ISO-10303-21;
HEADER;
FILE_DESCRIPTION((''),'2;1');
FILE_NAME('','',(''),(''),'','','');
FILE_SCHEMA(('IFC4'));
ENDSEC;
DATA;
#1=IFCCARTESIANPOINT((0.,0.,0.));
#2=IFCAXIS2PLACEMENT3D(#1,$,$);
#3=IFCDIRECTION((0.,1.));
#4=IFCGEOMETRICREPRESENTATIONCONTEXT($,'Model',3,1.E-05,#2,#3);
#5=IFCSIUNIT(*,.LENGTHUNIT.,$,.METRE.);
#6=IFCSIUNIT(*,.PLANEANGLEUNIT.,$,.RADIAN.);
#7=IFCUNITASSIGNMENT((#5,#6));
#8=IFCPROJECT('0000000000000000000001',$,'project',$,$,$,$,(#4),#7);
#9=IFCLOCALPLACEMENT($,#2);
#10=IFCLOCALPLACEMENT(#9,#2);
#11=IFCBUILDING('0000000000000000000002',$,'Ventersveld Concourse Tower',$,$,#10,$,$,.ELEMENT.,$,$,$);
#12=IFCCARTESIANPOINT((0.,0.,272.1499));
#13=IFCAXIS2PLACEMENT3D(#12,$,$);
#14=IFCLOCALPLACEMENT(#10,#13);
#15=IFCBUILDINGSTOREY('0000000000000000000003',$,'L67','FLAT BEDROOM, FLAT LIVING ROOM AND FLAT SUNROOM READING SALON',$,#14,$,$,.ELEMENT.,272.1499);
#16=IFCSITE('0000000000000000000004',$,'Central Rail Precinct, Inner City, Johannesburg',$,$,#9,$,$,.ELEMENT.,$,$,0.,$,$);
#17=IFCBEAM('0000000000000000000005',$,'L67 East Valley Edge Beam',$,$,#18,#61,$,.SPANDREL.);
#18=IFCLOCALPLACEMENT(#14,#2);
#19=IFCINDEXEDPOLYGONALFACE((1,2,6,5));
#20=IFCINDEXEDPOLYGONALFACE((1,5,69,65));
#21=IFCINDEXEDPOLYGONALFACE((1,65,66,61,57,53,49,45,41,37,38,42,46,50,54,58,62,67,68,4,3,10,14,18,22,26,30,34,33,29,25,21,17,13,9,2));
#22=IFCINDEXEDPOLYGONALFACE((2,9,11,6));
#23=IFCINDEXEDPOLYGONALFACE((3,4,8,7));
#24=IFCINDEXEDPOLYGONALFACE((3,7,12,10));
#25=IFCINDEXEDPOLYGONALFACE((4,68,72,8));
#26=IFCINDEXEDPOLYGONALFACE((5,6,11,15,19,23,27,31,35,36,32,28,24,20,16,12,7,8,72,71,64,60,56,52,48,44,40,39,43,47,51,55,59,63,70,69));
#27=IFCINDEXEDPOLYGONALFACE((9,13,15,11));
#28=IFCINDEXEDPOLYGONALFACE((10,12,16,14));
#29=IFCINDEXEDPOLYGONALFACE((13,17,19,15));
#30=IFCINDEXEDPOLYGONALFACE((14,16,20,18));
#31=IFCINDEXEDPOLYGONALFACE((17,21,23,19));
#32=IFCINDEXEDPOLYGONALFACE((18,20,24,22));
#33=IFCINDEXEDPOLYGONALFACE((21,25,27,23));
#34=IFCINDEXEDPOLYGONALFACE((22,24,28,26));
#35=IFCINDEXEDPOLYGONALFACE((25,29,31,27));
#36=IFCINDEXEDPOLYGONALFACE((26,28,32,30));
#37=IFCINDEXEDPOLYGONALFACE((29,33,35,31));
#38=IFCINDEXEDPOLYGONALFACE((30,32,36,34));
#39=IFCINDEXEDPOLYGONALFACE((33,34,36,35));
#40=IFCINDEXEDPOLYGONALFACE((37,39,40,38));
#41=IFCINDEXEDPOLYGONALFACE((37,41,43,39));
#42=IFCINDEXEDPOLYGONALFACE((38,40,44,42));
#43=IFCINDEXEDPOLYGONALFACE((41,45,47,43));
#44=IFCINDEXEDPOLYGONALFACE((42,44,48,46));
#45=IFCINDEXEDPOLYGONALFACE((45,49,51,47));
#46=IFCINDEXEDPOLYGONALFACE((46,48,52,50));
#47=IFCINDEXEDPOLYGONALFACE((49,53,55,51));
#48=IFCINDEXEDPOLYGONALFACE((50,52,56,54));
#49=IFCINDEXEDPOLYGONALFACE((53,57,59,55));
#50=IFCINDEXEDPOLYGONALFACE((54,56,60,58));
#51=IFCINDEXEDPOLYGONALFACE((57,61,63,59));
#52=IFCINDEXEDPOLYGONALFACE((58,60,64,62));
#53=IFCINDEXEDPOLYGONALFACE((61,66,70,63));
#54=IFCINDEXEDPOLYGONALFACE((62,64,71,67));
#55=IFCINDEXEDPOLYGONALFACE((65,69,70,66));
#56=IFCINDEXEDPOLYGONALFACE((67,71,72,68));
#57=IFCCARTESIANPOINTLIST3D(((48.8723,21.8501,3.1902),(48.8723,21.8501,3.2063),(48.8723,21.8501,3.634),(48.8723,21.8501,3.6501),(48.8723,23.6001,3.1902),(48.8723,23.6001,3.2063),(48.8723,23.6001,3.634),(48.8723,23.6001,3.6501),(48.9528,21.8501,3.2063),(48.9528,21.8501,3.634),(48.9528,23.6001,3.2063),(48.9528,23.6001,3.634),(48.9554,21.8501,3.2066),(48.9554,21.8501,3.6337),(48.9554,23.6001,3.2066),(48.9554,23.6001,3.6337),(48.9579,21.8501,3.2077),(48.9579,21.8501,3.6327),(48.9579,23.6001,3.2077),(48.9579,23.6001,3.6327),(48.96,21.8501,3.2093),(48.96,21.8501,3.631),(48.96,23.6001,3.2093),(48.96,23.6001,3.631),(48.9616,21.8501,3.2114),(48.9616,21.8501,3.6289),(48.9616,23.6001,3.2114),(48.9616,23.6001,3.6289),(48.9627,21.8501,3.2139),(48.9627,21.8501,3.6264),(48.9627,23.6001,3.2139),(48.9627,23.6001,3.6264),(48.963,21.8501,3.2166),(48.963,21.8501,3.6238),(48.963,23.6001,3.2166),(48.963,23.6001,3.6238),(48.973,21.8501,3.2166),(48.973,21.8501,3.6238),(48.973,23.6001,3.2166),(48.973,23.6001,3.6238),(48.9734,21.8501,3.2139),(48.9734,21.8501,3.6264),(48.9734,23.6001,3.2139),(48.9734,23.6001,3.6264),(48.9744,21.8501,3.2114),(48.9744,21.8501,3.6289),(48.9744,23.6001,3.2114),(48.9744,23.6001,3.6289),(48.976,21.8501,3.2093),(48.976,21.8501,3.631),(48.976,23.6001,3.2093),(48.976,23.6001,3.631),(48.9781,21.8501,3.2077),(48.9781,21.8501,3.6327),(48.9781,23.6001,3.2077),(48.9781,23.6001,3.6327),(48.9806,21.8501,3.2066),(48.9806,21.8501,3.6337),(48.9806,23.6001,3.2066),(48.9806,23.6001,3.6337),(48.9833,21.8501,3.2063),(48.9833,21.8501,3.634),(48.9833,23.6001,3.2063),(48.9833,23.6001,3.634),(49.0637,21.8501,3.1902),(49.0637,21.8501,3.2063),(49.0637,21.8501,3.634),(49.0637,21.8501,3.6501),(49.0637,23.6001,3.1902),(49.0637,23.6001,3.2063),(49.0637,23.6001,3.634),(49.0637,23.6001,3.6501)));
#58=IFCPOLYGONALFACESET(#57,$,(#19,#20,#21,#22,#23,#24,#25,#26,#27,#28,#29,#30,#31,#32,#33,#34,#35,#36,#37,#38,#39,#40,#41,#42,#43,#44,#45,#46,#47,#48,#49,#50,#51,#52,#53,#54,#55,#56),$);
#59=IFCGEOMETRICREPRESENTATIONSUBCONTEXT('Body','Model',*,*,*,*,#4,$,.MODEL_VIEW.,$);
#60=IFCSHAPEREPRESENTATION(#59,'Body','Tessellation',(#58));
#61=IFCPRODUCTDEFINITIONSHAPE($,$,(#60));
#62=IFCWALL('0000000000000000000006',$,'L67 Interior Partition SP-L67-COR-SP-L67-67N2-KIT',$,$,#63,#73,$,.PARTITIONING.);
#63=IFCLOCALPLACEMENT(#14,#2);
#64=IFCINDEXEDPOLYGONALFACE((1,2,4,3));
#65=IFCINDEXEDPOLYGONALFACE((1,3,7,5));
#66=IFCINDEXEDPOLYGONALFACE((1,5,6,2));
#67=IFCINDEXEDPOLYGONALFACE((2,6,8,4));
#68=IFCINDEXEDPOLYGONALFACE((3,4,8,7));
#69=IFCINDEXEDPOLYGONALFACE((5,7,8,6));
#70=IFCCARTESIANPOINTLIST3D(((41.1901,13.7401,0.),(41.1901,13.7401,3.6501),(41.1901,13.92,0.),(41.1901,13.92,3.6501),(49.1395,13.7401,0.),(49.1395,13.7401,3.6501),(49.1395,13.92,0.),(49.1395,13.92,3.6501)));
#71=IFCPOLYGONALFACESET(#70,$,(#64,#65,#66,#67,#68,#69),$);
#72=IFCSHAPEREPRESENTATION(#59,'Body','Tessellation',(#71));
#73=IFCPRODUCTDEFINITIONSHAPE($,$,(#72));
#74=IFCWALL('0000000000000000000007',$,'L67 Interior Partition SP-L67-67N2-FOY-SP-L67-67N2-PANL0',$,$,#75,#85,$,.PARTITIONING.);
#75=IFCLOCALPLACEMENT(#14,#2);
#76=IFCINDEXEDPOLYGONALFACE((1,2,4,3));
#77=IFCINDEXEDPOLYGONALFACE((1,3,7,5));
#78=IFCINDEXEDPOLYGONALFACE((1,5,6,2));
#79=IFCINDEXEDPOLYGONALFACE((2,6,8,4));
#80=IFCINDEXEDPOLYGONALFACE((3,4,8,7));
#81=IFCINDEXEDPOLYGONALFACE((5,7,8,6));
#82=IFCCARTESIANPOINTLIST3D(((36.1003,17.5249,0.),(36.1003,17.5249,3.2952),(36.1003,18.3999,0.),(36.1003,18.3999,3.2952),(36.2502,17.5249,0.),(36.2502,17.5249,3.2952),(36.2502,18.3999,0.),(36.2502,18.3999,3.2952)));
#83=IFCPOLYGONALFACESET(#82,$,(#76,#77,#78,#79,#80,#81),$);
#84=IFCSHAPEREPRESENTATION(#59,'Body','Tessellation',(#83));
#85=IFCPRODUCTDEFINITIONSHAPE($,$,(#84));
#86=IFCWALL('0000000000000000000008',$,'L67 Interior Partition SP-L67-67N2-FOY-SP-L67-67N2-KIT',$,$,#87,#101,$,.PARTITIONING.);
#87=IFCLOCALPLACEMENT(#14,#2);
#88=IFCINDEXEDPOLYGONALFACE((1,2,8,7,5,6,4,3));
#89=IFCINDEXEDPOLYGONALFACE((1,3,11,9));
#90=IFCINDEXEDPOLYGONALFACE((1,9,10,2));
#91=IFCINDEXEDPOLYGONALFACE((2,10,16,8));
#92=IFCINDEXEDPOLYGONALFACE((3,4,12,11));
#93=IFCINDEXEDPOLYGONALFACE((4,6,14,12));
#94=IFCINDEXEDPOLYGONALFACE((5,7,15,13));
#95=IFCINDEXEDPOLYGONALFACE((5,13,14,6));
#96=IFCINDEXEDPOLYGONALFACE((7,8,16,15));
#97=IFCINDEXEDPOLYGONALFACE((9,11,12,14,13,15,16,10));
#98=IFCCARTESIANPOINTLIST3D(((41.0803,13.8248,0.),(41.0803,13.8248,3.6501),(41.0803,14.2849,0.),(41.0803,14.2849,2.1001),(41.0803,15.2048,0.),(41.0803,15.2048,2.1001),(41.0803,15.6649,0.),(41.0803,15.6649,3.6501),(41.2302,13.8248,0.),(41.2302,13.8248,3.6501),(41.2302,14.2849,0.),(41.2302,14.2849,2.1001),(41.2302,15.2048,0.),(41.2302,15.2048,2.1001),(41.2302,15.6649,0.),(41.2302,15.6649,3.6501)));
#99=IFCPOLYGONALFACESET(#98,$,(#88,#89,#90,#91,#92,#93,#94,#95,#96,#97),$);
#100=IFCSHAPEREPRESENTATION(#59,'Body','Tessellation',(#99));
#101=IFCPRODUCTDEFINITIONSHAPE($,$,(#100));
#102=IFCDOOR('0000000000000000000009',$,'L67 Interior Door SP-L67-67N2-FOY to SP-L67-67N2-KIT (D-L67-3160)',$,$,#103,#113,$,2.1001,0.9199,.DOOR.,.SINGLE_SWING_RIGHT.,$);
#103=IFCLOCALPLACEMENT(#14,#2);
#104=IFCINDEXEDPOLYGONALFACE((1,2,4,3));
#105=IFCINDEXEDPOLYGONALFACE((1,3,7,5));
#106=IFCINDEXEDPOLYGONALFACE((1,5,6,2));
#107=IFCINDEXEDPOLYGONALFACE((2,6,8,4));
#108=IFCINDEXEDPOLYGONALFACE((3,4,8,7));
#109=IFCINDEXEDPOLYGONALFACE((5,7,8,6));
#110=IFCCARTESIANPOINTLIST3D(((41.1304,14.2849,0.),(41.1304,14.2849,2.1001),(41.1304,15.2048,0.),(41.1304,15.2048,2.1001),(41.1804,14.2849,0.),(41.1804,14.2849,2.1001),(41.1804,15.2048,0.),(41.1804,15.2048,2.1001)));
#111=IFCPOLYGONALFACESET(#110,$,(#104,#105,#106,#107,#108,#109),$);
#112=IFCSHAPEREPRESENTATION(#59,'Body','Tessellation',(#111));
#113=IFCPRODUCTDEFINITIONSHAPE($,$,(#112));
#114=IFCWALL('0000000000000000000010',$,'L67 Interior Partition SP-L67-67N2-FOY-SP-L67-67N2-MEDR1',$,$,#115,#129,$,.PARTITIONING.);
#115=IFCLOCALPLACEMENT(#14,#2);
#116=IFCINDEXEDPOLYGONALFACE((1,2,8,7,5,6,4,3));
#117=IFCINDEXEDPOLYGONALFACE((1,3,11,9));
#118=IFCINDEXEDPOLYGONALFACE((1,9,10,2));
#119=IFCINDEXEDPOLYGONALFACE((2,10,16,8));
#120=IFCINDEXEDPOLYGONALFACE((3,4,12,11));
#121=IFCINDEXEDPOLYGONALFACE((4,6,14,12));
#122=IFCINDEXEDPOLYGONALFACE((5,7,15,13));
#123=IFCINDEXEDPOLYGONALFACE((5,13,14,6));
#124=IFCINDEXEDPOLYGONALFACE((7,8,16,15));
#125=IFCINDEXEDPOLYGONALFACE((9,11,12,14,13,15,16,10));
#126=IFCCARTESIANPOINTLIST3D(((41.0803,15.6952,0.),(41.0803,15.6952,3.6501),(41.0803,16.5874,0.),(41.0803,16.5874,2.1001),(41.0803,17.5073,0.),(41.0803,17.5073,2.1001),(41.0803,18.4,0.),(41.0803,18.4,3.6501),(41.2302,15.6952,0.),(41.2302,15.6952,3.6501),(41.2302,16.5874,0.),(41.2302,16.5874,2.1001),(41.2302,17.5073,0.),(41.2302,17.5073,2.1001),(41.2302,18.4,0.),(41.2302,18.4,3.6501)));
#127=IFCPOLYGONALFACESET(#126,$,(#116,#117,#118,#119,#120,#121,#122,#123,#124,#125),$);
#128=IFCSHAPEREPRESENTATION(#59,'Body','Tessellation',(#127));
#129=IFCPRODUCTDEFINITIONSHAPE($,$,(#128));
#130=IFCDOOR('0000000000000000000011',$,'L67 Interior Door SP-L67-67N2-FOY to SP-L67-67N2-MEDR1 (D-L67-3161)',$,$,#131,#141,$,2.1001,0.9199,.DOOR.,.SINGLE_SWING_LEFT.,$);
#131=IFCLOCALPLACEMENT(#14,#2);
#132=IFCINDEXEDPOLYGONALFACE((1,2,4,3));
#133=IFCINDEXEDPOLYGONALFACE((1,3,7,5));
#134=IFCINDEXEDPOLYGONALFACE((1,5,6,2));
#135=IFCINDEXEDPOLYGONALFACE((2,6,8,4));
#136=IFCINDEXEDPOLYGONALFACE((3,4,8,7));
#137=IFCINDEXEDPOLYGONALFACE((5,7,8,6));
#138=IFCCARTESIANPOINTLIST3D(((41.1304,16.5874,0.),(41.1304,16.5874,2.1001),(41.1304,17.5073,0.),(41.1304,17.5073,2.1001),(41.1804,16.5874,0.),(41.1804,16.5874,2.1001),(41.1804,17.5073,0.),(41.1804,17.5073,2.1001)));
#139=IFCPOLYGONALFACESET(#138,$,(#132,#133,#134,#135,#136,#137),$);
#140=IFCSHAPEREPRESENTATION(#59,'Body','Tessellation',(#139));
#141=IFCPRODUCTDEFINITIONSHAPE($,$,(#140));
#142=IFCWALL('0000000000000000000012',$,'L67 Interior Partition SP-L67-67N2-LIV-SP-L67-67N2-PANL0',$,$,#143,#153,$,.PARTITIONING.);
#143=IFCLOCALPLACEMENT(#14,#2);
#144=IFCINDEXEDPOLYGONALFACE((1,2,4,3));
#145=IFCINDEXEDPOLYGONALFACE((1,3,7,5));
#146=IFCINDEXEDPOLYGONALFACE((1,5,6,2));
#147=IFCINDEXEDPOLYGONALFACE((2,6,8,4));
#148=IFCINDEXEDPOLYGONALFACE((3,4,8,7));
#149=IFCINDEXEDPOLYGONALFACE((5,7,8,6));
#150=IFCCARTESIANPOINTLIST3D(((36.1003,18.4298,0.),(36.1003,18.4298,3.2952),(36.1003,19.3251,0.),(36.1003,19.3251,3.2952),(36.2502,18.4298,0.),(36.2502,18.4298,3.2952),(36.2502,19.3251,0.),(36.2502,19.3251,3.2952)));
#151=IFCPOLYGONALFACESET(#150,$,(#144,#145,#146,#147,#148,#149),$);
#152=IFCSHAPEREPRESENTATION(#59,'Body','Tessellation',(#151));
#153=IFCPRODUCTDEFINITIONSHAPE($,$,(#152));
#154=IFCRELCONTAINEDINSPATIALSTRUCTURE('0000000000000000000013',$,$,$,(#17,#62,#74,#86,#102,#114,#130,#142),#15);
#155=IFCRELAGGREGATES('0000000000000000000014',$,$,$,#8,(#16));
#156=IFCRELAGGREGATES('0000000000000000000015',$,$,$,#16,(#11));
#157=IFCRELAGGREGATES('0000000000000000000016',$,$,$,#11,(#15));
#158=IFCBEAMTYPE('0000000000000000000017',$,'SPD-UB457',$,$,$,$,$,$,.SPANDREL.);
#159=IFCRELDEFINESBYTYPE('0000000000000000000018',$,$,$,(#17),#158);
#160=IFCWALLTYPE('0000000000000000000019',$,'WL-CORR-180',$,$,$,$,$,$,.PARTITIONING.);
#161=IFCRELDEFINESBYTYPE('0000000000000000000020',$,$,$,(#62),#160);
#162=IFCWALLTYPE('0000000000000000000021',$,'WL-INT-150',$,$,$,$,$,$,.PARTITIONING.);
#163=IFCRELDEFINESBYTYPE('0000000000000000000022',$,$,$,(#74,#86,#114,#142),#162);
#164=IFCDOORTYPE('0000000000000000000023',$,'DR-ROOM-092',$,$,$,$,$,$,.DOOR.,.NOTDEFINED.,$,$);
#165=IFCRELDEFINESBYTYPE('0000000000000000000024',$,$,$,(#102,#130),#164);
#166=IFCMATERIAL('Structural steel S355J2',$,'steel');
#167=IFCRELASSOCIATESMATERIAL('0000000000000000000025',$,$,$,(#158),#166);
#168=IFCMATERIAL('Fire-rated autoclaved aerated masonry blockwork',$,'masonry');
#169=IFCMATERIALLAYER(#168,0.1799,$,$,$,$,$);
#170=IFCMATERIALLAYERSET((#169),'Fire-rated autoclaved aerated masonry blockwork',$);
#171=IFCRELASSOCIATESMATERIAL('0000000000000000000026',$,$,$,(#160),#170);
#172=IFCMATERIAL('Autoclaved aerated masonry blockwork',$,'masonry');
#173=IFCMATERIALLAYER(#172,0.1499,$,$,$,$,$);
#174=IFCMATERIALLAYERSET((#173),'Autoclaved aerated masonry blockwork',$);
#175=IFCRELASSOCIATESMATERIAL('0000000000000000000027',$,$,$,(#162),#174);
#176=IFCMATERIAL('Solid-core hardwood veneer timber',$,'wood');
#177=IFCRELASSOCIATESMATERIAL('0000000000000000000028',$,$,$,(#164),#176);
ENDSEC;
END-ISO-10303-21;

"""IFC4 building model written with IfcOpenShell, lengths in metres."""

from ifc_helpers import new_model, si_unit, direction, frame, frame_2d, origin, origin_2d, place, context, subcontext, project, spatial, rectangle, i_section, extrude, material, layer, layer_set, material_profile, profile_set, type_object, element, fill, save


model = new_model("IFC4")

# Units and contexts
model_context = context("Model", 3, precision=1e-05, world=origin(), true_north=direction((0.0, 1.0)))
body_context = subcontext(model_context, "Body", "Model", "MODEL_VIEW")
ifc_project = project(units=[si_unit("LENGTHUNIT", "METRE"), si_unit("PLANEANGLEUNIT", "RADIAN")], contexts=[model_context])

# Site, building, storey
site_placement = place(None, origin())
site = spatial("IfcSite", under=ifc_project, at=site_placement, Name="Central Rail Precinct, Inner City, Johannesburg", CompositionType="ELEMENT", RefElevation=0.0)
building_placement = place(site_placement, origin())
building = spatial("IfcBuilding", under=site, at=building_placement, Name="Ventersveld Concourse Tower", CompositionType="ELEMENT")
storey_placement = place(building_placement, frame((0.0, 0.0, 272.1499)))
storey = spatial("IfcBuildingStorey", under=building, at=storey_placement, Name="L67", Description="FLAT BEDROOM, FLAT LIVING ROOM AND FLAT SUNROOM READING SALON", CompositionType="ELEMENT", Elevation=272.1499)

# Beam
ifc_material_1 = material(Name="Structural steel S355J2", Category="steel")
ifc_material_profile = material_profile(ifc_material_1, i_section(OverallWidth=0.1914, OverallDepth=0.46, WebThickness=0.01, FlangeThickness=0.0161, FilletRadius=0.0103, at=origin_2d()), Name="UB 457x191x82")
ifc_profile_set = profile_set([ifc_material_profile], Name="Structural steel S355J2")
beam_type = type_object("IfcBeamType", Name="SPD-UB457", PredefinedType="SPANDREL", material=ifc_profile_set)
beam_placement = place(storey_placement, frame((48.968, 21.8501, 3.4202), z_axis=(0.0, 1.0, 0.0), x_axis=(-1.0, 0.0, 0.0)))
element("IfcBeam", 1, at=beam_placement, inside=storey, type_object=beam_type, Name="L67 East Valley Edge Beam", PredefinedType="SPANDREL", context=body_context, shape_type="SweptSolid", body=[
    extrude(i_section(OverallWidth=0.1914, OverallDepth=0.46, WebThickness=0.01, FlangeThickness=0.0161, FilletRadius=0.0103, at=origin_2d()), origin(), (0.0, 0.0, 1.0), 1.75),
])

# Walls
ifc_material_2 = material(Name="Fire-rated autoclaved aerated masonry blockwork", Category="masonry")
ifc_layer_1 = layer(ifc_material_2, 0.1799)
ifc_layer_set_1 = layer_set([ifc_layer_1], Name="Fire-rated autoclaved aerated masonry blockwork")
wall_type_1 = type_object("IfcWallType", Name="WL-CORR-180", PredefinedType="PARTITIONING", material=ifc_layer_set_1)
wall_1_placement = place(storey_placement, frame((41.1902, 13.8301, 0.0), z_axis=(0.0, 0.0, 1.0), x_axis=(1.0, 0.0, 0.0)))
element("IfcWall", 2, at=wall_1_placement, inside=storey, type_object=wall_type_1, Name="L67 Interior Partition SP-L67-COR-SP-L67-67N2-KIT", PredefinedType="PARTITIONING", context=body_context, shape_type="SweptSolid", body=[
    extrude(rectangle(XDim=7.9495, YDim=0.1799, at=frame_2d((3.9746, 0.0))), origin(), (0.0, 0.0, 1.0), 3.6501),
])
ifc_material_3 = material(Name="Autoclaved aerated masonry blockwork", Category="masonry")
ifc_layer_2 = layer(ifc_material_3, 0.1499)
ifc_layer_set_2 = layer_set([ifc_layer_2], Name="Autoclaved aerated masonry blockwork")
wall_type_2 = type_object("IfcWallType", Name="WL-INT-150", PredefinedType="PARTITIONING", material=ifc_layer_set_2)
wall_2_placement = place(storey_placement, frame((36.1753, 17.5249, 0.0), z_axis=(0.0, 0.0, 1.0), x_axis=(0.0, 1.0, 0.0)))
element("IfcWall", 3, at=wall_2_placement, inside=storey, type_object=wall_type_2, Name="L67 Interior Partition SP-L67-67N2-FOY-SP-L67-67N2-PANL0", PredefinedType="PARTITIONING", context=body_context, shape_type="SweptSolid", body=[
    extrude(rectangle(XDim=0.875, YDim=0.1499, at=frame_2d((0.4375, 0.0))), origin(), (0.0, 0.0, 1.0), 3.2952),
])

# Walls, openings, doors
wall_3_placement = place(storey_placement, frame((41.1553, 13.825, 0.0), z_axis=(0.0, 0.0, 1.0), x_axis=(0.0, 1.0, 0.0)))
wall_3 = element("IfcWall", 4, at=wall_3_placement, inside=storey, type_object=wall_type_2, Name="L67 Interior Partition SP-L67-67N2-FOY-SP-L67-67N2-KIT", PredefinedType="PARTITIONING", context=body_context, shape_type="SweptSolid", body=[
    extrude(rectangle(XDim=1.8401, YDim=0.1499, at=frame_2d((0.9199, 0.0))), origin(), (0.0, 0.0, 1.0), 3.6501),
])
opening_1_placement = place(wall_3_placement, frame((0.46, 0.0, 0.0)))
opening_1 = element("IfcOpeningElement", 5, at=opening_1_placement, cuts=wall_3, PredefinedType="OPENING", context=body_context, shape_type="SweptSolid", body=[
    extrude(rectangle(XDim=0.9199, YDim=2.1001, at=frame_2d((0.46, 1.05))), frame((0.0, 0.085, 0.0), z_axis=(0.0, -1.0, 0.0), x_axis=(1.0, 0.0, 0.0)), (0.0, 0.0, 1.0), 0.1699),
])
ifc_material_4 = material(Name="Solid-core hardwood veneer timber", Category="wood")
door_type_1 = type_object("IfcDoorType", Name="DR-ROOM-092", OperationType="NOTDEFINED", PredefinedType="DOOR", material=ifc_material_4)
door_1_placement = place(opening_1_placement, origin())
door_1 = element("IfcDoor", 6, at=door_1_placement, inside=storey, type_object=door_type_1, Name="L67 Interior Door SP-L67-67N2-FOY to SP-L67-67N2-KIT (D-L67-3160)", OperationType="SINGLE_SWING_RIGHT", OverallHeight=2.1001, OverallWidth=0.9199, PredefinedType="DOOR", context=body_context, shape_type="SweptSolid", body=[
    extrude(rectangle(XDim=0.9199, YDim=2.1001, at=frame_2d((0.46, 1.05))), frame((0.0, 0.0249, 0.0), z_axis=(0.0, -1.0, 0.0), x_axis=(1.0, 0.0, 0.0)), (0.0, 0.0, 1.0), 0.05),
])
fill(opening_1, door_1)
wall_4_placement = place(storey_placement, frame((41.1553, 15.6951, 0.0), z_axis=(0.0, 0.0, 1.0), x_axis=(0.0, 1.0, 0.0)))
wall_4 = element("IfcWall", 7, at=wall_4_placement, inside=storey, type_object=wall_type_2, Name="L67 Interior Partition SP-L67-67N2-FOY-SP-L67-67N2-MEDR1", PredefinedType="PARTITIONING", context=body_context, shape_type="SweptSolid", body=[
    extrude(rectangle(XDim=2.7048, YDim=0.1499, at=frame_2d((1.3525, 0.0))), origin(), (0.0, 0.0, 1.0), 3.6501),
])
opening_2_placement = place(wall_4_placement, frame((0.8923, 0.0, 0.0)))
opening_2 = element("IfcOpeningElement", 8, at=opening_2_placement, cuts=wall_4, PredefinedType="OPENING", context=body_context, shape_type="SweptSolid", body=[
    extrude(rectangle(XDim=0.9199, YDim=2.1001, at=frame_2d((0.46, 1.05))), frame((0.0, 0.085, 0.0), z_axis=(0.0, -1.0, 0.0), x_axis=(1.0, 0.0, 0.0)), (0.0, 0.0, 1.0), 0.1699),
])
door_2_placement = place(opening_2_placement, origin())
door_2 = element("IfcDoor", 9, at=door_2_placement, inside=storey, type_object=door_type_1, Name="L67 Interior Door SP-L67-67N2-FOY to SP-L67-67N2-MEDR1 (D-L67-3161)", OperationType="SINGLE_SWING_LEFT", OverallHeight=2.1001, OverallWidth=0.9199, PredefinedType="DOOR", context=body_context, shape_type="SweptSolid", body=[
    extrude(rectangle(XDim=0.9199, YDim=2.1001, at=frame_2d((0.46, 1.05))), frame((0.0, 0.0249, 0.0), z_axis=(0.0, -1.0, 0.0), x_axis=(1.0, 0.0, 0.0)), (0.0, 0.0, 1.0), 0.05),
])
fill(opening_2, door_2)

# Wall
wall_5_placement = place(storey_placement, frame((36.1753, 18.4297, 0.0), z_axis=(0.0, 0.0, 1.0), x_axis=(0.0, 1.0, 0.0)))
element("IfcWall", 10, at=wall_5_placement, inside=storey, type_object=wall_type_2, Name="L67 Interior Partition SP-L67-67N2-LIV-SP-L67-67N2-PANL0", PredefinedType="PARTITIONING", context=body_context, shape_type="SweptSolid", body=[
    extrude(rectangle(XDim=0.8953, YDim=0.1499, at=frame_2d((0.4478, 0.0))), origin(), (0.0, 0.0, 1.0), 3.2952),
])

save(model, "model.ifc")
